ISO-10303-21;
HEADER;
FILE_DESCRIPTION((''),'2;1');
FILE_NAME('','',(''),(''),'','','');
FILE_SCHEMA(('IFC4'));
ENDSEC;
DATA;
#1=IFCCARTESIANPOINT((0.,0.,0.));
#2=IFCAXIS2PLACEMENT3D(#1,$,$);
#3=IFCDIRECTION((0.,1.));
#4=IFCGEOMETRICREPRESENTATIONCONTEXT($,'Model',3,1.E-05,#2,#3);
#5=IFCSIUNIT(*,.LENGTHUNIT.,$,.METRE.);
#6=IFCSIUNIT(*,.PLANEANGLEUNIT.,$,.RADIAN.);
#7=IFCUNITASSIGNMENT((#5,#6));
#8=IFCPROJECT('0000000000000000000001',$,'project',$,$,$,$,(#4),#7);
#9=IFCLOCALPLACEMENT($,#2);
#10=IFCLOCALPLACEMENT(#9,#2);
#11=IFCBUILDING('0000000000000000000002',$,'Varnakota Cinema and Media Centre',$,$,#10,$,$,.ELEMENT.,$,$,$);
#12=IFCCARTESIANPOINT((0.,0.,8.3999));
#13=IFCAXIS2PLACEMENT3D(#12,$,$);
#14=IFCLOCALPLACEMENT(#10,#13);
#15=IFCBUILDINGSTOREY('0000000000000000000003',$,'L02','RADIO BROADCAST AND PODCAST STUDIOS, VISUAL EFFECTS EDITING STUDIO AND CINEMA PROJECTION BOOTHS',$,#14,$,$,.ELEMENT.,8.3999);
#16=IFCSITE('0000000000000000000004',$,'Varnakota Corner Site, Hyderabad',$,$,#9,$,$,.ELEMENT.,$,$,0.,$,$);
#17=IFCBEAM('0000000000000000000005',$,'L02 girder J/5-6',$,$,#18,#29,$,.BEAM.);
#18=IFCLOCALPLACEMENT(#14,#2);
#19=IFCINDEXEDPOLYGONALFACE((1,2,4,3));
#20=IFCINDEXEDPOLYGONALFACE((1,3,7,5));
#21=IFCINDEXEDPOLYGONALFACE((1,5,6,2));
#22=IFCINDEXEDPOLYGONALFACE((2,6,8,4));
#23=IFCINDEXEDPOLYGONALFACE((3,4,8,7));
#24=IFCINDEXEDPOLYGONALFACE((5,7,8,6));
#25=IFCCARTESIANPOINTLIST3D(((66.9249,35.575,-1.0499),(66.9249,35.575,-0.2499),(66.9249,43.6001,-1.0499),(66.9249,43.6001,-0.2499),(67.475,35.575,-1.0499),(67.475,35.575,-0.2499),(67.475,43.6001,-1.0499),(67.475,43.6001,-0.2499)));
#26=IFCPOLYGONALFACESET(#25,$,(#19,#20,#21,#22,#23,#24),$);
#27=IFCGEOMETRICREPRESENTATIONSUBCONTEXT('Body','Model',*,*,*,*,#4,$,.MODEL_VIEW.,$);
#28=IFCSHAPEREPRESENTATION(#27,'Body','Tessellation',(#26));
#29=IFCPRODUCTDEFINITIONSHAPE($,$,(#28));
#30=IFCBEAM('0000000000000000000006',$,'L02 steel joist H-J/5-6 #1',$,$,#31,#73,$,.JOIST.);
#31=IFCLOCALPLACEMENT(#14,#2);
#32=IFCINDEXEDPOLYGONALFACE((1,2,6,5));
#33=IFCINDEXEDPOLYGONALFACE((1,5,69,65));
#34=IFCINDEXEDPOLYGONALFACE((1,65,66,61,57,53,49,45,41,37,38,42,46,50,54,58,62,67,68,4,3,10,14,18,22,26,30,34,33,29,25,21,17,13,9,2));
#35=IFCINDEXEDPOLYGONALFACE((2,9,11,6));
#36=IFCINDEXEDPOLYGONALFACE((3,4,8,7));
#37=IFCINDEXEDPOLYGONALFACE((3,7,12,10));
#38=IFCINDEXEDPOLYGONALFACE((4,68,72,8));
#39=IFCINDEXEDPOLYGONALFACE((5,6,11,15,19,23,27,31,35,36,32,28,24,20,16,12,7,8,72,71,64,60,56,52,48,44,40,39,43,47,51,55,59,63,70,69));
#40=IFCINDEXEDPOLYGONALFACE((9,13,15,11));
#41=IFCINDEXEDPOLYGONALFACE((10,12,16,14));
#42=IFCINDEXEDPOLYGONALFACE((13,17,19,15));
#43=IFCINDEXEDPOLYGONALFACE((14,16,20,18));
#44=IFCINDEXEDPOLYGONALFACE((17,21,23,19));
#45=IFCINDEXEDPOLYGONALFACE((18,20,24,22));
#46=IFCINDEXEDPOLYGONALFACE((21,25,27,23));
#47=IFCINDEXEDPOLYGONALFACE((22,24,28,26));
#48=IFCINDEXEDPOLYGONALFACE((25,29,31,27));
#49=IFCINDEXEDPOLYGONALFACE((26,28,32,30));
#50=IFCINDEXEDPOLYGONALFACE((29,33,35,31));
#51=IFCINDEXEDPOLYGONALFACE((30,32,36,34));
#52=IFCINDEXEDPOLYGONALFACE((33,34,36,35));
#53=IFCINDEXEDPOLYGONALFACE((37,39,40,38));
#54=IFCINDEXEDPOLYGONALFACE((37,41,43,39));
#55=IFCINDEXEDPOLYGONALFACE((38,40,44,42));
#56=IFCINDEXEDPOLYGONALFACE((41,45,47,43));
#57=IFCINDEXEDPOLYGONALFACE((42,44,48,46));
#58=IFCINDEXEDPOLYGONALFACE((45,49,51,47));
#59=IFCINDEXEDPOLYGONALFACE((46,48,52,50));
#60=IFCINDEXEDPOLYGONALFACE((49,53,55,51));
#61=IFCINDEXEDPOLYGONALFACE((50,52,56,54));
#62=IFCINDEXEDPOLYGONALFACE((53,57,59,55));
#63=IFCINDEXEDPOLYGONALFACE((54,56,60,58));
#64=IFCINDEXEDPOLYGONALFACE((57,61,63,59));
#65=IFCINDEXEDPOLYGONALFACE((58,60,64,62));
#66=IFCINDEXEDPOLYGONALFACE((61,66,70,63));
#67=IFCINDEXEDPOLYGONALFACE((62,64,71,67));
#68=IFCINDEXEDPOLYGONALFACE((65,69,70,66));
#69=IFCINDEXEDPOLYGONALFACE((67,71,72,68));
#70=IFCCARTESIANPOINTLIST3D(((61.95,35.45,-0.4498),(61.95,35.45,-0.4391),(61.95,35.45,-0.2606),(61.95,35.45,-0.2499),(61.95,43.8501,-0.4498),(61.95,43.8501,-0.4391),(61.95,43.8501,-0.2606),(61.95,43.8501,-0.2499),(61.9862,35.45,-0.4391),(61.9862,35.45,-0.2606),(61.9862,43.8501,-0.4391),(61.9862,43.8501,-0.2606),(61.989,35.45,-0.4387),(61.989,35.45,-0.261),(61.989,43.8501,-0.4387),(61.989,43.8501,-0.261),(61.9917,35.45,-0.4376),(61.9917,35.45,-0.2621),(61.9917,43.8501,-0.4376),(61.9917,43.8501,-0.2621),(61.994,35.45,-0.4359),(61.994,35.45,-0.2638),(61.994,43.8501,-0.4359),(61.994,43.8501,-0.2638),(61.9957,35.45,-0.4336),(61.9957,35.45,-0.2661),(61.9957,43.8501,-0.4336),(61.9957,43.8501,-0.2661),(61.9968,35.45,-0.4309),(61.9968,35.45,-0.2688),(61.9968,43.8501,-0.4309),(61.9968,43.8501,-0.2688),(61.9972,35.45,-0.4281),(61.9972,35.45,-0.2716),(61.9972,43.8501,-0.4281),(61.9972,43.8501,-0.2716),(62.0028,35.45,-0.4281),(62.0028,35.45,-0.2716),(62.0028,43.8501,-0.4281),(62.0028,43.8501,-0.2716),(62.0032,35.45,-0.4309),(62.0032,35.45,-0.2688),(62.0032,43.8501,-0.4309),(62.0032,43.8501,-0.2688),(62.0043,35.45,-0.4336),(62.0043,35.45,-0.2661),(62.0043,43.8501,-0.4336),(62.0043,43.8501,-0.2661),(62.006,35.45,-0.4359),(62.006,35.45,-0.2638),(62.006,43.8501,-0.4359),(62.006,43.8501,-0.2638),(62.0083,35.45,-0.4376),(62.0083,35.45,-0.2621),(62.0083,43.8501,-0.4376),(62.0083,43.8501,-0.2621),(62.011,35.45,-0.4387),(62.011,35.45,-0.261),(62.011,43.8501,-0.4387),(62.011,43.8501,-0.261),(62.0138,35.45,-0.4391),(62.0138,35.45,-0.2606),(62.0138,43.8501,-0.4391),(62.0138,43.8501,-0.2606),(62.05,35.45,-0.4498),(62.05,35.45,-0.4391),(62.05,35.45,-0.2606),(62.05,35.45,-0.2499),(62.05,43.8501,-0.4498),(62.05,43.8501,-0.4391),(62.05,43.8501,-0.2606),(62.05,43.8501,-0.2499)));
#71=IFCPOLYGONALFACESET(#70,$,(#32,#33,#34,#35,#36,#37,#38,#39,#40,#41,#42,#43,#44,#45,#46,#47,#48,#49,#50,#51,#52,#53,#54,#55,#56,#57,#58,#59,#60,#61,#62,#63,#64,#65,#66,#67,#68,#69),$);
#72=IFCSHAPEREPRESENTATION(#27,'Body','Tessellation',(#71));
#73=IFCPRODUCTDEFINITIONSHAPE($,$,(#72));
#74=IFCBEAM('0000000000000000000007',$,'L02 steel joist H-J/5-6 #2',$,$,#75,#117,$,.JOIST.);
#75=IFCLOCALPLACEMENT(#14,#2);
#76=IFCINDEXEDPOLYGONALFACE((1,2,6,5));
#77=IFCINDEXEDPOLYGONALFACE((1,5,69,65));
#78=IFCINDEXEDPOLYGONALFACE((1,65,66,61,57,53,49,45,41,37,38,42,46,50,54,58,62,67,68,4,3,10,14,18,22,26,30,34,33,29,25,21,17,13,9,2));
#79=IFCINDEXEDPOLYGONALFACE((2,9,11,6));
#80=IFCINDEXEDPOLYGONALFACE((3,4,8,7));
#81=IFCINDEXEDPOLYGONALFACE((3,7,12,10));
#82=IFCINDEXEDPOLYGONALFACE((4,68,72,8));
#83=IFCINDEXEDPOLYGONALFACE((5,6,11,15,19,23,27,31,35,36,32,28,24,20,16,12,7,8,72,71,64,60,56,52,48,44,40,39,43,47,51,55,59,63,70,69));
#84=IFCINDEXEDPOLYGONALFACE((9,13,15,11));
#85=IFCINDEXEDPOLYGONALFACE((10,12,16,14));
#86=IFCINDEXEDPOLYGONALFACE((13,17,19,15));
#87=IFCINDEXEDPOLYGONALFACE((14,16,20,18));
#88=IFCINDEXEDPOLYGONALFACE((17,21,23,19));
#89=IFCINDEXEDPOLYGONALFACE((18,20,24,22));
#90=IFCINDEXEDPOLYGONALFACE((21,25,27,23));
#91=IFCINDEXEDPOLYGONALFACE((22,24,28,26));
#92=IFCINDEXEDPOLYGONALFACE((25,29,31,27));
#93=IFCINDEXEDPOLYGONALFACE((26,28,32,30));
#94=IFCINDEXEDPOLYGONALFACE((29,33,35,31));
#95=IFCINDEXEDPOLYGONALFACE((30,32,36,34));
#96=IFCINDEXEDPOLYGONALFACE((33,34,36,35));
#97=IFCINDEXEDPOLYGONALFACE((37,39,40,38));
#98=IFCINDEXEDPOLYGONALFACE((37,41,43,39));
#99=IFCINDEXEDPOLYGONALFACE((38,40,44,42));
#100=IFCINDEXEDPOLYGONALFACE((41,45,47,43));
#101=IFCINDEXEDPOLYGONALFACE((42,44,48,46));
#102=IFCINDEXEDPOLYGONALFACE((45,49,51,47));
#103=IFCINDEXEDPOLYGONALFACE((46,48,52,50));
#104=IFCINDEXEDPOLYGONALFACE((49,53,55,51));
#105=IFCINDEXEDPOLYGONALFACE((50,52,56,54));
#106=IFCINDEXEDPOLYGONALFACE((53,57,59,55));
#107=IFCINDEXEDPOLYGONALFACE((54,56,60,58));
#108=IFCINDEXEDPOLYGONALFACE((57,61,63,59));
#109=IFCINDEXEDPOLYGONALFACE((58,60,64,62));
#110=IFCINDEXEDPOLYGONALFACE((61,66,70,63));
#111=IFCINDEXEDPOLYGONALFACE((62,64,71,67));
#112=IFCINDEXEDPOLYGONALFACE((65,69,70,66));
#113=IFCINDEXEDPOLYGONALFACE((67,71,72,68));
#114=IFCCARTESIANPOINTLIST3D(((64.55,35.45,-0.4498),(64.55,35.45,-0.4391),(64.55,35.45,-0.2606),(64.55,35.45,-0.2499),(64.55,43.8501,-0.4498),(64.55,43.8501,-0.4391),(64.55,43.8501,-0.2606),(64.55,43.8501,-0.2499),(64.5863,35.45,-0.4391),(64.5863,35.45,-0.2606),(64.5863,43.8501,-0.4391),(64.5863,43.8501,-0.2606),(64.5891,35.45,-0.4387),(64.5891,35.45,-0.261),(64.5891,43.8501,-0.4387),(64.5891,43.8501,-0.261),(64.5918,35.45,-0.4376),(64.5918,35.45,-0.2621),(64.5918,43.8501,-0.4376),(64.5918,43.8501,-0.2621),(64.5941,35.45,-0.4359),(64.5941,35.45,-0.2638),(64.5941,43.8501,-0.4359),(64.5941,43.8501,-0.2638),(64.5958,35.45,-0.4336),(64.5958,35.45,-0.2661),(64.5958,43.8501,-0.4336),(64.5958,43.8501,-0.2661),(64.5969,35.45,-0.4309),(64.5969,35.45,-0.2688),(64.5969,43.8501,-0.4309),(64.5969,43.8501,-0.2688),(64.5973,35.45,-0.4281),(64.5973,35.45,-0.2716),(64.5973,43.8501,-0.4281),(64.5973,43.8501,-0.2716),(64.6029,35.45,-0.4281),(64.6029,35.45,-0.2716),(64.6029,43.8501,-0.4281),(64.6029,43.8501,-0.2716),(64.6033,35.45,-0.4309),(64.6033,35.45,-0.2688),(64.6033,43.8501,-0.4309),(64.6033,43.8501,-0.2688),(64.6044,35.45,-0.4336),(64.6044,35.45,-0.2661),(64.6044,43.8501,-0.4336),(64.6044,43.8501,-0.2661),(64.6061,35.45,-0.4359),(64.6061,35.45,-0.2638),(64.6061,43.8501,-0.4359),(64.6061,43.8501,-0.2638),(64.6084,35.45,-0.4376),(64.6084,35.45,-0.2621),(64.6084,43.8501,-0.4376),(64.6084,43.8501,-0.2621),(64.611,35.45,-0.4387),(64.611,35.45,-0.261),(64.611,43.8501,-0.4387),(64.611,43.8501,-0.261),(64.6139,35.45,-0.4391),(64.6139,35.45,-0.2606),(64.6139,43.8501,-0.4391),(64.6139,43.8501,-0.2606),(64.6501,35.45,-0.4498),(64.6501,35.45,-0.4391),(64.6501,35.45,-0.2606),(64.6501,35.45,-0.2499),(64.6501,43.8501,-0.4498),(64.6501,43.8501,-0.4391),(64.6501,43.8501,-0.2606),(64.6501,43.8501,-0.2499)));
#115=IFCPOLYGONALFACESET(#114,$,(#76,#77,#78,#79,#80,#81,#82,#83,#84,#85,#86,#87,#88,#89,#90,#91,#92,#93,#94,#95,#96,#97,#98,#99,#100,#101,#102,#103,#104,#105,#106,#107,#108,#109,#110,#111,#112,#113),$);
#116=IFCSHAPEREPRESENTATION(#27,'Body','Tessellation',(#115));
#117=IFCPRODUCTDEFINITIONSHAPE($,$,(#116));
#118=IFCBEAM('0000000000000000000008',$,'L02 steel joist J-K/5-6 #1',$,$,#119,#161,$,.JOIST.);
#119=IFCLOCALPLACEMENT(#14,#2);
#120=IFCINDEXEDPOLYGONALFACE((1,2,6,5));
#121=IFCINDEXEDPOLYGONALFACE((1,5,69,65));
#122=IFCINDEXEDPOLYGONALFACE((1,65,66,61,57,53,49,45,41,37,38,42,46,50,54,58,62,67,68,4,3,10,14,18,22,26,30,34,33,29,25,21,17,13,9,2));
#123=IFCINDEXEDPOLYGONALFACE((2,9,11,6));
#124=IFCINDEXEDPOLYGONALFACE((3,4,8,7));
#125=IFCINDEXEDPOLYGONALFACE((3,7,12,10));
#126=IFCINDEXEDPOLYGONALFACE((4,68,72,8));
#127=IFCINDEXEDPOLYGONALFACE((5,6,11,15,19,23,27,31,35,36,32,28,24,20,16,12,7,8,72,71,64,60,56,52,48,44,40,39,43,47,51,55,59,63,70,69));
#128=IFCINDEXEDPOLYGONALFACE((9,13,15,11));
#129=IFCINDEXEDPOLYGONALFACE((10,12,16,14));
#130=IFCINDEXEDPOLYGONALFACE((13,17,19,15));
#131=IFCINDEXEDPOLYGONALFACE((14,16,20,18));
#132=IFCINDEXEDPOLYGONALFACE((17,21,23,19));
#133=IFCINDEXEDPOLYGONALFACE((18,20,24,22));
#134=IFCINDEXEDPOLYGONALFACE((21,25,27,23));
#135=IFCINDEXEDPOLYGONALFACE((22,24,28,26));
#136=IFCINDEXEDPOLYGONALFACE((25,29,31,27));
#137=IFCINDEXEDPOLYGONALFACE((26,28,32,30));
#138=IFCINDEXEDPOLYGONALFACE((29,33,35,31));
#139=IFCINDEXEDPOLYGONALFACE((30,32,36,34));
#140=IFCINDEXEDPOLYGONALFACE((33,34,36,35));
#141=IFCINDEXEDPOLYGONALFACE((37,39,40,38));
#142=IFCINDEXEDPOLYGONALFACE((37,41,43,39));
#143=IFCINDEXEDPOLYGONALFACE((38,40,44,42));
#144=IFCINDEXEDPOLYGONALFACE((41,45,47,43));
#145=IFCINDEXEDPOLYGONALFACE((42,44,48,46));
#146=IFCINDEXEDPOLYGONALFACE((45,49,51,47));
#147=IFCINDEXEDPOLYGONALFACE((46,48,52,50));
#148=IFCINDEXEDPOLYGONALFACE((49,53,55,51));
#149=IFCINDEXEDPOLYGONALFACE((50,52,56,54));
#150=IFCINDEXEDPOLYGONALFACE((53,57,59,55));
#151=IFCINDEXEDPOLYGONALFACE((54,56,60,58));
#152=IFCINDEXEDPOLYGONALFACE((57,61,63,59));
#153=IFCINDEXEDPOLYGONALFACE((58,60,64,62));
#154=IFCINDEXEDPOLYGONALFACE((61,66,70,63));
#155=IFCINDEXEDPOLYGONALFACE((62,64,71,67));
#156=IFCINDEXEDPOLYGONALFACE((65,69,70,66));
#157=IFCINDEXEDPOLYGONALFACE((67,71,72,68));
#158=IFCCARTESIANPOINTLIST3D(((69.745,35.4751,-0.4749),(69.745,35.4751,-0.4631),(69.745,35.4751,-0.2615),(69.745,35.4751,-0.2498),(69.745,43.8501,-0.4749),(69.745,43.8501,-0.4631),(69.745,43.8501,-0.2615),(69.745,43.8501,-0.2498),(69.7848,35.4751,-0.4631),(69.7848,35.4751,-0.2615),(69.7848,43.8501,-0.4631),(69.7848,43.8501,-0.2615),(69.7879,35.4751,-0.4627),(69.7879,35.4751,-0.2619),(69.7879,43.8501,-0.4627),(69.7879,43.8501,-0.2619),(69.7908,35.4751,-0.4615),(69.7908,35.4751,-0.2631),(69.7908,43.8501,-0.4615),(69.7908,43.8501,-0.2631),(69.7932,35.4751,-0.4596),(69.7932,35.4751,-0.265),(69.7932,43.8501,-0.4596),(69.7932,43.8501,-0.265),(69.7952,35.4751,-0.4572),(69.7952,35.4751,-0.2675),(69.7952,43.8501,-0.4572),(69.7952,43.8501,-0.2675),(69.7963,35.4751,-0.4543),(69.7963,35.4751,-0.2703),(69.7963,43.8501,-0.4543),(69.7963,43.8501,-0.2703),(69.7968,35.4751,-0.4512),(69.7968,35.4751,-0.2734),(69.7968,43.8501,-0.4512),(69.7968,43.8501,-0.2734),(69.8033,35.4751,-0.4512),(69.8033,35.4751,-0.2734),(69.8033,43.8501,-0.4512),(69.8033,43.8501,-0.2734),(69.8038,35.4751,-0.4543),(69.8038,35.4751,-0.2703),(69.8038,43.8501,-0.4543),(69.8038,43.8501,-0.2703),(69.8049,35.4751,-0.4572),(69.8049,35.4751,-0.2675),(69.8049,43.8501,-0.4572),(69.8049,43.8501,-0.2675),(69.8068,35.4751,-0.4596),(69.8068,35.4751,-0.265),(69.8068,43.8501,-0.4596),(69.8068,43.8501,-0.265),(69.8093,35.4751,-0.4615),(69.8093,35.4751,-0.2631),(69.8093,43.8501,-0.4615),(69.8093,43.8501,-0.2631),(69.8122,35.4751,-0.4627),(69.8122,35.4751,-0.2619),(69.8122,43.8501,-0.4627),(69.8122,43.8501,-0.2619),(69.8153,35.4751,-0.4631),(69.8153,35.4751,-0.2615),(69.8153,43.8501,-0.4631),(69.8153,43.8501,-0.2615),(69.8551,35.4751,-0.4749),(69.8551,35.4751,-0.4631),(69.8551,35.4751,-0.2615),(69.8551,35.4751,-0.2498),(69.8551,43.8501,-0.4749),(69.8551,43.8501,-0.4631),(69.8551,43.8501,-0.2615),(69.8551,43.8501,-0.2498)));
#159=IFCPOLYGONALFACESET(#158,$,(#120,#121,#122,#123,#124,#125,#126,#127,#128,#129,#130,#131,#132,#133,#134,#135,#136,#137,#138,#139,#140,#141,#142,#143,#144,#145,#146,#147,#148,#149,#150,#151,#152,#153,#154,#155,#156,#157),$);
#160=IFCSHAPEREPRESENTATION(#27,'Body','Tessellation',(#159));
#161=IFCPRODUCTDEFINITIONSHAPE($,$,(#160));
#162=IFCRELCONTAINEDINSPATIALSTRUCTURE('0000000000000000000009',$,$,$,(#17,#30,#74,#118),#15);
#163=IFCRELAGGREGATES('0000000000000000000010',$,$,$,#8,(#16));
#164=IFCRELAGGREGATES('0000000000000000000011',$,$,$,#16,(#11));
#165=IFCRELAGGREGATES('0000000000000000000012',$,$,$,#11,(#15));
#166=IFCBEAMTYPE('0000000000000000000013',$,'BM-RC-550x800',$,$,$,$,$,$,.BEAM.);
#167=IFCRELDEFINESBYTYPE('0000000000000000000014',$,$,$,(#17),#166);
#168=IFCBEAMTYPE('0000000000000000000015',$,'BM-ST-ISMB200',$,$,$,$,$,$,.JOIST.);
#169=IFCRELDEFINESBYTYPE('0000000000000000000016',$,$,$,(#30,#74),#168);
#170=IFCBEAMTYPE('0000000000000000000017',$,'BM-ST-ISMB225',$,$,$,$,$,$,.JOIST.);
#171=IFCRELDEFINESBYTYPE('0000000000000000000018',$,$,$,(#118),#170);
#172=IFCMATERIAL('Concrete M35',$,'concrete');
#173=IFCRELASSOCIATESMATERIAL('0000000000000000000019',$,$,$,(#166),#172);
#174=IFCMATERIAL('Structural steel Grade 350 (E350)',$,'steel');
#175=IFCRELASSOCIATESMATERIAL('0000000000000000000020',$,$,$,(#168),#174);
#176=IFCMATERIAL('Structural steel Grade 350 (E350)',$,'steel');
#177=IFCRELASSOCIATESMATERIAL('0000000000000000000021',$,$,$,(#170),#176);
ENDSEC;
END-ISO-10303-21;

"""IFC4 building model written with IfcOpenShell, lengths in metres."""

from ifc_helpers import new_model, si_unit, direction, frame, origin, origin_2d, place, context, subcontext, project, spatial, rectangle, i_section, extrude, material, material_profile, profile_set, type_object, element, save


model = new_model("IFC4")

# Units and contexts
model_context = context("Model", 3, precision=1e-05, world=origin(), true_north=direction((0.0, 1.0)))
body_context = subcontext(model_context, "Body", "Model", "MODEL_VIEW")
ifc_project = project(units=[si_unit("LENGTHUNIT", "METRE"), si_unit("PLANEANGLEUNIT", "RADIAN")], contexts=[model_context])

# Site, building, storey
site_placement = place(None, origin())
site = spatial("IfcSite", under=ifc_project, at=site_placement, Name="Varnakota Corner Site, Hyderabad", CompositionType="ELEMENT", RefElevation=0.0)
building_placement = place(site_placement, origin())
building = spatial("IfcBuilding", under=site, at=building_placement, Name="Varnakota Cinema and Media Centre", CompositionType="ELEMENT")
storey_placement = place(building_placement, frame((0.0, 0.0, 8.3999)))
storey = spatial("IfcBuildingStorey", under=building, at=storey_placement, Name="L02", Description="RADIO BROADCAST AND PODCAST STUDIOS, VISUAL EFFECTS EDITING STUDIO AND CINEMA PROJECTION BOOTHS", CompositionType="ELEMENT", Elevation=8.3999)

# Beams
ifc_material_1 = material(Name="Concrete M35", Category="concrete")
ifc_material_profile_1 = material_profile(ifc_material_1, rectangle(XDim=0.55, YDim=0.8, at=origin_2d()), Name="RCB 550x800")
ifc_profile_set_1 = profile_set([ifc_material_profile_1], Name="Concrete M35")
beam_type_1 = type_object("IfcBeamType", Name="BM-RC-550x800", PredefinedType="BEAM", material=ifc_profile_set_1)
beam_1_placement = place(storey_placement, frame((67.2, 35.575, -0.6499), z_axis=(0.0, 1.0, 0.0), x_axis=(-1.0, 0.0, 0.0)))
element("IfcBeam", 1, at=beam_1_placement, inside=storey, type_object=beam_type_1, Name="L02 girder J/5-6", PredefinedType="BEAM", context=body_context, shape_type="SweptSolid", body=[
    extrude(rectangle(XDim=0.55, YDim=0.8, at=origin_2d()), origin(), (0.0, 0.0, 1.0), 8.0251),
])
ifc_material_2 = material(Name="Structural steel Grade 350 (E350)", Category="steel")
ifc_material_profile_2 = material_profile(ifc_material_2, i_section(OverallWidth=0.1001, OverallDepth=0.2, WebThickness=0.0056, FlangeThickness=0.0107, FilletRadius=0.011, at=origin_2d()), Name="ISMB 200")
ifc_profile_set_2 = profile_set([ifc_material_profile_2], Name="Structural steel Grade 350 (E350)")
beam_type_2 = type_object("IfcBeamType", Name="BM-ST-ISMB200", PredefinedType="JOIST", material=ifc_profile_set_2)
for number, where, z_axis, x_axis, name in (
    (2, (62.0, 35.45, -0.3499), (0.0, 1.0, 0.0), (-1.0, 0.0, 0.0), "L02 steel joist H-J/5-6 #1"),
    (3, (64.6001, 35.45, -0.3499), (0.0, 1.0, 0.0), (-1.0, 0.0, 0.0), "L02 steel joist H-J/5-6 #2"),
):
    element("IfcBeam", number, at=place(storey_placement, frame(where, z_axis=z_axis, x_axis=x_axis)), inside=storey, type_object=beam_type_2, Name=name, PredefinedType="JOIST", context=body_context, shape_type="SweptSolid", body=[
        extrude(i_section(OverallWidth=0.1001, OverallDepth=0.2, WebThickness=0.0056, FlangeThickness=0.0107, FilletRadius=0.011, at=origin_2d()), origin(), (0.0, 0.0, 1.0), 8.4001),
    ])
ifc_material_3 = material(Name="Structural steel Grade 350 (E350)", Category="steel")
ifc_material_profile_3 = material_profile(ifc_material_3, i_section(OverallWidth=0.1101, OverallDepth=0.2251, WebThickness=0.0066, FlangeThickness=0.0117, FilletRadius=0.012, at=origin_2d()), Name="ISMB 225")
ifc_profile_set_3 = profile_set([ifc_material_profile_3], Name="Structural steel Grade 350 (E350)")
beam_type_3 = type_object("IfcBeamType", Name="BM-ST-ISMB225", PredefinedType="JOIST", material=ifc_profile_set_3)
beam_2_placement = place(storey_placement, frame((69.8, 35.4751, -0.3623), z_axis=(0.0, 1.0, 0.0), x_axis=(-1.0, 0.0, 0.0)))
element("IfcBeam", 4, at=beam_2_placement, inside=storey, type_object=beam_type_3, Name="L02 steel joist J-K/5-6 #1", PredefinedType="JOIST", context=body_context, shape_type="SweptSolid", body=[
    extrude(i_section(OverallWidth=0.1101, OverallDepth=0.2251, WebThickness=0.0066, FlangeThickness=0.0117, FilletRadius=0.012, at=origin_2d()), origin(), (0.0, 0.0, 1.0), 8.375),
])

save(model, "model.ifc")
